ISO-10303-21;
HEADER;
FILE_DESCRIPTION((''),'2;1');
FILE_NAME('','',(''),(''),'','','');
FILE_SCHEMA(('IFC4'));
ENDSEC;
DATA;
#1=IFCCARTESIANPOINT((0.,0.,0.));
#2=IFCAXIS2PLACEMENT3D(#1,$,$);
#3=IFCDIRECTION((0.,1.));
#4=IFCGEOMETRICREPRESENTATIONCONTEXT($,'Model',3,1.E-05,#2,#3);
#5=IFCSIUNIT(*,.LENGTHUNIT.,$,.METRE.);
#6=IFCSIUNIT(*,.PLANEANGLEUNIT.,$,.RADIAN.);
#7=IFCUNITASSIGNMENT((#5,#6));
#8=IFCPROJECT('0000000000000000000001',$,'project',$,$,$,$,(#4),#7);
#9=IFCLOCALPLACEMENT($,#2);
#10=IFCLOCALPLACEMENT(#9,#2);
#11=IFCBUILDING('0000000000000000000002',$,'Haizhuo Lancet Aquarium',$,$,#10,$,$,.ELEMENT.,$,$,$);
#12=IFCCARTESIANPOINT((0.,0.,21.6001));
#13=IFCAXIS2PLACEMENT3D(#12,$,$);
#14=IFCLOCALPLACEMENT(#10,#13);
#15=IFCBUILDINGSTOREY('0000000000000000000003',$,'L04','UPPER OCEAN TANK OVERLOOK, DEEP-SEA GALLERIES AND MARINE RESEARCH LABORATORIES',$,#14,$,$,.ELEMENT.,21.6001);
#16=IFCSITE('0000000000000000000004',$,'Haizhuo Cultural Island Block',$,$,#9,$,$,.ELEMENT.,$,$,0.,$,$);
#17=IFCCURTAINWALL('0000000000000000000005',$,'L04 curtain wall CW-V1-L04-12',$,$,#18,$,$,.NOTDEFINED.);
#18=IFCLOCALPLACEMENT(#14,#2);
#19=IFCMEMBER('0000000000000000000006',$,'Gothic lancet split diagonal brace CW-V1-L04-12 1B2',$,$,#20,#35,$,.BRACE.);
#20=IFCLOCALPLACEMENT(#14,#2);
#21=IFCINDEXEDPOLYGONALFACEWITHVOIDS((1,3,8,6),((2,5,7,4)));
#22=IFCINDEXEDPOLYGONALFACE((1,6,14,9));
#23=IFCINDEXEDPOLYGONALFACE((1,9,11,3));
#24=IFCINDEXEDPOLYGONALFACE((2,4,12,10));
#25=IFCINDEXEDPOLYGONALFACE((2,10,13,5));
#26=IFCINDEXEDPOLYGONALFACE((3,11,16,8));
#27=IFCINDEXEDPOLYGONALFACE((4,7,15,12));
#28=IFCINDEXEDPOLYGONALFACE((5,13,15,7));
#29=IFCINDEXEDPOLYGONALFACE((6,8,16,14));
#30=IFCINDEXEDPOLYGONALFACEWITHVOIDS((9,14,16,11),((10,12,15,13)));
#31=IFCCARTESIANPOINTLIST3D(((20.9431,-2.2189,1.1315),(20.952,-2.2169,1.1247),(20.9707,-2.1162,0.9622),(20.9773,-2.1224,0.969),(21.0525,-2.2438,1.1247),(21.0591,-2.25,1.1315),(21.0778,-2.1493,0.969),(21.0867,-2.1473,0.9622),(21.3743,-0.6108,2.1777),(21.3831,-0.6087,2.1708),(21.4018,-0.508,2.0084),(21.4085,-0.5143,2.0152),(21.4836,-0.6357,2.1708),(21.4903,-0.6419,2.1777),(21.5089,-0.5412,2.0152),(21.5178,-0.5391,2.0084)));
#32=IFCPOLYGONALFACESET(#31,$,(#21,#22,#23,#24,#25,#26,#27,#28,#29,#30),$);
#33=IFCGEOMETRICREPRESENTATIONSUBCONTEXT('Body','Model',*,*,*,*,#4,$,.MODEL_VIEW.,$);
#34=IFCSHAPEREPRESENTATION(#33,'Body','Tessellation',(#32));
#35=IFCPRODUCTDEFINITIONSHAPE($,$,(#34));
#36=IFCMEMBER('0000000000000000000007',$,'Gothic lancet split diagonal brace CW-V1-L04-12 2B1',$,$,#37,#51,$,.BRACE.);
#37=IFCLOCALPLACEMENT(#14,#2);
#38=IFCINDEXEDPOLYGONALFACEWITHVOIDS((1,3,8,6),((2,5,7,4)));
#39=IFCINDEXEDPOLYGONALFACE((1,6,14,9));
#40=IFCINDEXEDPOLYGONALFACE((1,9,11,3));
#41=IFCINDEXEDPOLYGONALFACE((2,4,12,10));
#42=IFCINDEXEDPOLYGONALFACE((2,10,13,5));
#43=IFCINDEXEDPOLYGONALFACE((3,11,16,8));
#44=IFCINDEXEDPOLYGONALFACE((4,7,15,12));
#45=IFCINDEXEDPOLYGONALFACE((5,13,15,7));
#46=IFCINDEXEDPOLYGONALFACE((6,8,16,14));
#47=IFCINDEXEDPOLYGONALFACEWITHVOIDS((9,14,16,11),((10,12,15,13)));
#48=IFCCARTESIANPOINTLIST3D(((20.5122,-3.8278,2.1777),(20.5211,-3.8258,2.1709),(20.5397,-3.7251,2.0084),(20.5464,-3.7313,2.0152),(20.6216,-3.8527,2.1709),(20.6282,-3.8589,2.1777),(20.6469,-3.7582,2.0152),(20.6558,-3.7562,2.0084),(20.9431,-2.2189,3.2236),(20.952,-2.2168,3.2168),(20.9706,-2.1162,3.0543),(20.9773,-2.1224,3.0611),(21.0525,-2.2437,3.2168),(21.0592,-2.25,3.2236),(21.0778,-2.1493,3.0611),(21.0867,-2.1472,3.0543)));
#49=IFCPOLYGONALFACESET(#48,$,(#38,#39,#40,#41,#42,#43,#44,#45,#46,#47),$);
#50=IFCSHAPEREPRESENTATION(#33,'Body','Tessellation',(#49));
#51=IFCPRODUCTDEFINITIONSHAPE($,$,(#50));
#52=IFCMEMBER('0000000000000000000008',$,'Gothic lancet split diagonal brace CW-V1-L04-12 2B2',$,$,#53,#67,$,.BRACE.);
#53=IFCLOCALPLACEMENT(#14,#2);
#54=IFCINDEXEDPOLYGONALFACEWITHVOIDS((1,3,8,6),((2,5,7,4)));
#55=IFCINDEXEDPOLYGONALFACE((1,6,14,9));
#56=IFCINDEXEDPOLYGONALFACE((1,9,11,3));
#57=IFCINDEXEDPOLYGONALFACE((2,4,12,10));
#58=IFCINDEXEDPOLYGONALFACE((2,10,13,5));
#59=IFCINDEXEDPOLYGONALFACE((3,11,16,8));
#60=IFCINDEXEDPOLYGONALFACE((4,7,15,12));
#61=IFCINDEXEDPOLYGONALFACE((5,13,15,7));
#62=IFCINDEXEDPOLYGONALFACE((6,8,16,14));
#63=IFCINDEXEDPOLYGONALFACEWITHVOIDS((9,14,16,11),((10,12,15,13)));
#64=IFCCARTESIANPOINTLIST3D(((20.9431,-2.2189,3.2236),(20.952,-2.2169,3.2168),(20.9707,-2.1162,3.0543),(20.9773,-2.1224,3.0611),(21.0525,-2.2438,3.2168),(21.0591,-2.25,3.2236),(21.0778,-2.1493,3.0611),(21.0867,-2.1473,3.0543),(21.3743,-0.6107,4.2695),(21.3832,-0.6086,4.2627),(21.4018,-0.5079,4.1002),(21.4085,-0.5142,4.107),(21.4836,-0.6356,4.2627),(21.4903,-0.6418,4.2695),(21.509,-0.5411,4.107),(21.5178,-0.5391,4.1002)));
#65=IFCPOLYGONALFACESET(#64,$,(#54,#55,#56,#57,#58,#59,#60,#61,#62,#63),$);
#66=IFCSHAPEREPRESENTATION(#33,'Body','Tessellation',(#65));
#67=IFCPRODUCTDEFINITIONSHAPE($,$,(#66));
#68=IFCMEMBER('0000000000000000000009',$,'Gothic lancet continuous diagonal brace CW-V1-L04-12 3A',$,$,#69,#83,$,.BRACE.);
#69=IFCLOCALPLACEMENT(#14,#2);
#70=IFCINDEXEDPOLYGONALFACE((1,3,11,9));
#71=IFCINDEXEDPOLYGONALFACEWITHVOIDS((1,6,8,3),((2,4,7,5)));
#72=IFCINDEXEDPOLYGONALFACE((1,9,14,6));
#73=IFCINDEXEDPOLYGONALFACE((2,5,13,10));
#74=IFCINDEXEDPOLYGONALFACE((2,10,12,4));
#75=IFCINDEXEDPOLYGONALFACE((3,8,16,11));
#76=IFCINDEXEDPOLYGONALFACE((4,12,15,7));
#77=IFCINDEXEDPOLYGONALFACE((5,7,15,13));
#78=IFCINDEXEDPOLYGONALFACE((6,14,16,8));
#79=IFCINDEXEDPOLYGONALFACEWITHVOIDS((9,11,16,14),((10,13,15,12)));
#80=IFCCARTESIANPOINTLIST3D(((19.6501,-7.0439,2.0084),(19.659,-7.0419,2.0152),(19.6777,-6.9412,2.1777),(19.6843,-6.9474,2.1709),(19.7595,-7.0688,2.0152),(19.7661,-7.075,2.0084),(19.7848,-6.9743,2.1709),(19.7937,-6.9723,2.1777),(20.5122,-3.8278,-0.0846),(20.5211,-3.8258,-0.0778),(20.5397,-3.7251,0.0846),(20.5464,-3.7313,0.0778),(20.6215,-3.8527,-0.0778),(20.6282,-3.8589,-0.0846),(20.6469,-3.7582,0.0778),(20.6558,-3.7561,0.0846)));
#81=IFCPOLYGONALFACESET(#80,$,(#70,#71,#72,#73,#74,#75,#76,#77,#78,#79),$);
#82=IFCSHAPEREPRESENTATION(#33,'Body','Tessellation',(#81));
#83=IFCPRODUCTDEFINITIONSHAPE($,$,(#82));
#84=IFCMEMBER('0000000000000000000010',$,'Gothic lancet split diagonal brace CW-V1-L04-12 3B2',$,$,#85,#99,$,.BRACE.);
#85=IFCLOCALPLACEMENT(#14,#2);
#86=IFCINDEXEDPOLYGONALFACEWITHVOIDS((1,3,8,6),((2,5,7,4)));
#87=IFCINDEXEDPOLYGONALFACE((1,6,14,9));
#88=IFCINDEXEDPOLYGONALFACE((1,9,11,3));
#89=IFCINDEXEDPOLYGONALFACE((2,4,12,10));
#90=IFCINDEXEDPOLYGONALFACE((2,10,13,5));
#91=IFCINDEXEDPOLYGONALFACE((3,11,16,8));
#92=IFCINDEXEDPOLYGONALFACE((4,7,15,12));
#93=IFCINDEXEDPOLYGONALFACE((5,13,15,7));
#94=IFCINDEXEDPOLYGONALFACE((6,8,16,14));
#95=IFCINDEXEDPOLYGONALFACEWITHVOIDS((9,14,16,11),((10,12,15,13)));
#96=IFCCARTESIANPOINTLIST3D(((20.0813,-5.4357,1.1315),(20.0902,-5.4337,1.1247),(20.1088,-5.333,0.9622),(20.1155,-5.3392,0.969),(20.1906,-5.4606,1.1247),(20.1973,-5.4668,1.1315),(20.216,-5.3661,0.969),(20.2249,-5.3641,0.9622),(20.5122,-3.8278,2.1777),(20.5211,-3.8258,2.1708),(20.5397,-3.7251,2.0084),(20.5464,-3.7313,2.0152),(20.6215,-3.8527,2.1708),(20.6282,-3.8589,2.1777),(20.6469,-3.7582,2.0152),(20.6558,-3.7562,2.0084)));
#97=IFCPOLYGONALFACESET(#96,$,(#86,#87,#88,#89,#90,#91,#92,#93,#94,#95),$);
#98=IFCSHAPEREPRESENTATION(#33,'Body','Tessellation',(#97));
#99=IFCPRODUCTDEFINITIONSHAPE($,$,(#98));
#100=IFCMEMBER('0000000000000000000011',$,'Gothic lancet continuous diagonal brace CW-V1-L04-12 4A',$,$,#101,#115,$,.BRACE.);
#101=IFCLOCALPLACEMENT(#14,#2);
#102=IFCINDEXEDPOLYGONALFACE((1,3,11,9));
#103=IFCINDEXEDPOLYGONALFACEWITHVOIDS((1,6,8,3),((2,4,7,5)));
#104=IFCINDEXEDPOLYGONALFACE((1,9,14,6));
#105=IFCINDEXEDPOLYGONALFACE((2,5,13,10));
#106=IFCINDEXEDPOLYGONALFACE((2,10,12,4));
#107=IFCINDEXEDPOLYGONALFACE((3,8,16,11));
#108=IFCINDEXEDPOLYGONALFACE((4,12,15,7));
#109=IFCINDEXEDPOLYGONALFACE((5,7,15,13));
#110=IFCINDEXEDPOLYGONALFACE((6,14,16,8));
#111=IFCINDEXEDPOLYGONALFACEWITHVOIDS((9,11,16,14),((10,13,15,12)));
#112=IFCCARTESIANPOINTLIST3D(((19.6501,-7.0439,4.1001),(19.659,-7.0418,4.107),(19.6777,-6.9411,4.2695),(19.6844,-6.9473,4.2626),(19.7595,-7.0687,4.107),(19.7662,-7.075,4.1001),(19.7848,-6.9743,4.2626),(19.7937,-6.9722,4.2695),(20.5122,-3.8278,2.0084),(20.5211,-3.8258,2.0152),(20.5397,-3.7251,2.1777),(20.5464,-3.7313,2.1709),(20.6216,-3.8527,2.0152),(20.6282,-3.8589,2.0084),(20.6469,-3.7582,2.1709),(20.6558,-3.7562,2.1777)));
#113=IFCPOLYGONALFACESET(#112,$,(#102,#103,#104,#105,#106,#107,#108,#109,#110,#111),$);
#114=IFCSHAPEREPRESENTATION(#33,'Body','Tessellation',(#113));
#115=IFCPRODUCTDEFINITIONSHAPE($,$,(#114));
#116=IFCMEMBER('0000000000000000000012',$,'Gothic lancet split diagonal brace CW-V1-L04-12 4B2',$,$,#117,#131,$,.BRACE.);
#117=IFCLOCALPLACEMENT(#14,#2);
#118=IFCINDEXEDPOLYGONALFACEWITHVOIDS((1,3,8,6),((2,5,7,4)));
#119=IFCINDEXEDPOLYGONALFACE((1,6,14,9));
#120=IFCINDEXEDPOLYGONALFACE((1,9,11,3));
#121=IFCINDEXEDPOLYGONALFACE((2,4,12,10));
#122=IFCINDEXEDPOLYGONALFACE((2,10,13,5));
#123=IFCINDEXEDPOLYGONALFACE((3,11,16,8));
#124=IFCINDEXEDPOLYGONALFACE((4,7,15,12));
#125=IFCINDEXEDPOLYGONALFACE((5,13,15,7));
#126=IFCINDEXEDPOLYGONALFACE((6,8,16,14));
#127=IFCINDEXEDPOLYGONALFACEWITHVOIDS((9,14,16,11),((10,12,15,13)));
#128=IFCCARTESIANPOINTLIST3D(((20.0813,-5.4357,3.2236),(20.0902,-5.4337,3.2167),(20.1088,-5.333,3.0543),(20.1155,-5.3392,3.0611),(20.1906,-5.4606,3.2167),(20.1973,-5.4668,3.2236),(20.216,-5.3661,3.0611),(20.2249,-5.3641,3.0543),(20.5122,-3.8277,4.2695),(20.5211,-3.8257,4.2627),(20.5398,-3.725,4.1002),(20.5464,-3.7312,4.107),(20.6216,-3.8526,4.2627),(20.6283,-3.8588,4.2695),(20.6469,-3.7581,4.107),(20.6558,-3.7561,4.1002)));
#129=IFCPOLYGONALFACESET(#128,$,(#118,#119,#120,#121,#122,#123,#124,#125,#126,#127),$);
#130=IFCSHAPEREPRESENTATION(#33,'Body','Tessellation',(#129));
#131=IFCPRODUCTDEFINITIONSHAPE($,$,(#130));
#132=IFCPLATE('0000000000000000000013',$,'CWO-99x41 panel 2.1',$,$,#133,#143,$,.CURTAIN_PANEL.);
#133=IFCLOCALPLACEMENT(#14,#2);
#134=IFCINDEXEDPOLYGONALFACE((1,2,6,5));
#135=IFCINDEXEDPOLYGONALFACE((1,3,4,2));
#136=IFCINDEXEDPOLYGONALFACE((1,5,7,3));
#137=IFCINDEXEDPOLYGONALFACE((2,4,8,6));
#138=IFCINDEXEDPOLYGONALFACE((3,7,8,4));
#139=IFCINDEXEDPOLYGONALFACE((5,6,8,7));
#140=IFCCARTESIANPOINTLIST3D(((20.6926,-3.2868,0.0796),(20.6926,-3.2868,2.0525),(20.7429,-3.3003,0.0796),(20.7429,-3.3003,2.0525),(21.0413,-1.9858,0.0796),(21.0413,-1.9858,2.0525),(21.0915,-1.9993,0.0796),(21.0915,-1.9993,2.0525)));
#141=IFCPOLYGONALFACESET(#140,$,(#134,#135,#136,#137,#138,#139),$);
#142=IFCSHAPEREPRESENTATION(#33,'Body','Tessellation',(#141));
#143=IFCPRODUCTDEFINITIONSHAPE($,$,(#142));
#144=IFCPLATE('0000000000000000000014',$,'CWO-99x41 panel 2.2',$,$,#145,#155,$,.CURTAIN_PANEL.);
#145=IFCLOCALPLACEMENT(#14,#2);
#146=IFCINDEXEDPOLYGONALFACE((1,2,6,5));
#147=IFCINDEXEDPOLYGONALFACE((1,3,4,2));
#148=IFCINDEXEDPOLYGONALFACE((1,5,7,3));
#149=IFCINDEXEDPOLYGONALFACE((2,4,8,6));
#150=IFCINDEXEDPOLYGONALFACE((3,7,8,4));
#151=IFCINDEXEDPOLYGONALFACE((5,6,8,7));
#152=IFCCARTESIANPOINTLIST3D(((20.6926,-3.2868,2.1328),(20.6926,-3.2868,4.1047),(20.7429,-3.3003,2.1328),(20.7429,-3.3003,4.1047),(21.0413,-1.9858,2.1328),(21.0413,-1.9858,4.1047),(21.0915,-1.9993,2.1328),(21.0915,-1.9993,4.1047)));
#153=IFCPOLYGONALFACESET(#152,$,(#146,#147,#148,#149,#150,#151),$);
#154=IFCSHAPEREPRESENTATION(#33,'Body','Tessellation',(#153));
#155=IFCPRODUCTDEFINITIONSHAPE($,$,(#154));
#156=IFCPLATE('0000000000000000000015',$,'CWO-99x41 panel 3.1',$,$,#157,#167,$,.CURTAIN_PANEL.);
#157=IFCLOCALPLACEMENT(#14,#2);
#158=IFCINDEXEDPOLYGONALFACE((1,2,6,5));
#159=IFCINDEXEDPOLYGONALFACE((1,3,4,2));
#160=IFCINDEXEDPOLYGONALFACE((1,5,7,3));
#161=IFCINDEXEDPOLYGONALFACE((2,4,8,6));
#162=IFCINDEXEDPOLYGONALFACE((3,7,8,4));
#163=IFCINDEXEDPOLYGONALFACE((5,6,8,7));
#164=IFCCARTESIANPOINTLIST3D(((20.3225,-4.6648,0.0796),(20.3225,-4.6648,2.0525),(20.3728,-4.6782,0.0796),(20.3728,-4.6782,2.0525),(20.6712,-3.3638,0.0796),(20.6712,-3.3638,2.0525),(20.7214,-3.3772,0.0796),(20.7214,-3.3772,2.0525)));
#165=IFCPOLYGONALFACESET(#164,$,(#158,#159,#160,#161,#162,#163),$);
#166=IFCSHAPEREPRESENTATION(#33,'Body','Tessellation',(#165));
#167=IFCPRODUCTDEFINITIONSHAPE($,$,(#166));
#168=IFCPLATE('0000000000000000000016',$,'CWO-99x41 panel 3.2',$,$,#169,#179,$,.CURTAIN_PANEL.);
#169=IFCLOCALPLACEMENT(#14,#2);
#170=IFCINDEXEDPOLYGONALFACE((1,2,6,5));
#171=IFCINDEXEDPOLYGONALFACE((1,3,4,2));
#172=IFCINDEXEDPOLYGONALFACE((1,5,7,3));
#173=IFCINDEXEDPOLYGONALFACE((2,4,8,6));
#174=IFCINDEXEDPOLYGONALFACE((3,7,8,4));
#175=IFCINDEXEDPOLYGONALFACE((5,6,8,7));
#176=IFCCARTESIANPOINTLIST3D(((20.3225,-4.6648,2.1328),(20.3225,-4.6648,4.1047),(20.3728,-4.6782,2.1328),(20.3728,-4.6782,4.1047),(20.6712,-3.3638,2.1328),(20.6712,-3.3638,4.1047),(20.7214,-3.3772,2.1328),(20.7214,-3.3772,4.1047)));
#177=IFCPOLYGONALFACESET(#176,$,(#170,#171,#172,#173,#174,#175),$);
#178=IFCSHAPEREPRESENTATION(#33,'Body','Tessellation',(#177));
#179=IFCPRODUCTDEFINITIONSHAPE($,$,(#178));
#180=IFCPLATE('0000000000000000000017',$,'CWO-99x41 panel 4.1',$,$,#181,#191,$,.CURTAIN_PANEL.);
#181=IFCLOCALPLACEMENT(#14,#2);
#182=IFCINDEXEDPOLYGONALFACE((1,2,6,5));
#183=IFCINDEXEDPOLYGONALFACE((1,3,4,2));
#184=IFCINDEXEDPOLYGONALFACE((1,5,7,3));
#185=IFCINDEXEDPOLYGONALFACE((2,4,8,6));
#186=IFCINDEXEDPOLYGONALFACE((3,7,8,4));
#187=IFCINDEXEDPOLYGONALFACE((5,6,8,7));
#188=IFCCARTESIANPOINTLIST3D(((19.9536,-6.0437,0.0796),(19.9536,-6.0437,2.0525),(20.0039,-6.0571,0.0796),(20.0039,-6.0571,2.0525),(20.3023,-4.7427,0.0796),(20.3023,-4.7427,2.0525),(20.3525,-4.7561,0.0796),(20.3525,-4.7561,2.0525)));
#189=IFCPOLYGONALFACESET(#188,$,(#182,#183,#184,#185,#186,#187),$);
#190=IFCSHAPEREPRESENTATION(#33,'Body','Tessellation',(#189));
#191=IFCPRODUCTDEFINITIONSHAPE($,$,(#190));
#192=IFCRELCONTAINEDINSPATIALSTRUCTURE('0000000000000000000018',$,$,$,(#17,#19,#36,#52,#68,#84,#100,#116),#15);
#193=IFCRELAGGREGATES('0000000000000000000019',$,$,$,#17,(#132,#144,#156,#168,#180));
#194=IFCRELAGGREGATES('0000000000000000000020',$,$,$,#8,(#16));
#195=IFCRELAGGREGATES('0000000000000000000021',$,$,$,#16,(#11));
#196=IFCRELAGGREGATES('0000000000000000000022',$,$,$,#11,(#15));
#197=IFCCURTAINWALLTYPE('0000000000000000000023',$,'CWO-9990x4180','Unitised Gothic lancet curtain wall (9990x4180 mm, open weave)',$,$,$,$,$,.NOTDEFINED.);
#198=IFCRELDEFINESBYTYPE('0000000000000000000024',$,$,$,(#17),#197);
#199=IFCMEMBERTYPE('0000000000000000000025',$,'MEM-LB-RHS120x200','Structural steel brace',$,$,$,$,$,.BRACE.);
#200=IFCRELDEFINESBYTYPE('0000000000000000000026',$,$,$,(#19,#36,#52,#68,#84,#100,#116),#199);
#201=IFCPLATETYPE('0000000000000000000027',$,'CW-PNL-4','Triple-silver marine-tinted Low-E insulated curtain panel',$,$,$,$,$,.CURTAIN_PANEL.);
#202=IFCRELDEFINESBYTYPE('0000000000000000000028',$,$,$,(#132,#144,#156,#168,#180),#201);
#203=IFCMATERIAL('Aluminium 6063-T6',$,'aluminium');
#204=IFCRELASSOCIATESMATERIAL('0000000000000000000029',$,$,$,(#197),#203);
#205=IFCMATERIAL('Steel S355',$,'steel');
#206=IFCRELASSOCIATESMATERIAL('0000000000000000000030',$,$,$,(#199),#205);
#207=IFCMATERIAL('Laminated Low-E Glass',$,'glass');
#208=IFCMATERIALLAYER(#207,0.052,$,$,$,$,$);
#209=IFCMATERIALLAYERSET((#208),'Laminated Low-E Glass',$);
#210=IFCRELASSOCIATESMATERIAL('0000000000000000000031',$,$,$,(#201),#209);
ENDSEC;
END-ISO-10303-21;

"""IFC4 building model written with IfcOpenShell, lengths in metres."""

from ifc_helpers import new_model, si_unit, direction, frame, origin, origin_2d, place, context, subcontext, project, spatial, rectangle, hollow_rectangle, extrude, material, layer, layer_set, material_profile, profile_set, type_object, element, aggregate, save


model = new_model("IFC4")

# Units and contexts
model_context = context("Model", 3, precision=1e-05, world=origin(), true_north=direction((0.0, 1.0)))
body_context = subcontext(model_context, "Body", "Model", "MODEL_VIEW")
ifc_project = project(units=[si_unit("LENGTHUNIT", "METRE"), si_unit("PLANEANGLEUNIT", "RADIAN")], contexts=[model_context])

# Site, building, storey
site_placement = place(None, origin())
site = spatial("IfcSite", under=ifc_project, at=site_placement, Name="Haizhuo Cultural Island Block", CompositionType="ELEMENT", RefElevation=0.0)
building_placement = place(site_placement, origin())
building = spatial("IfcBuilding", under=site, at=building_placement, Name="Haizhuo Lancet Aquarium", CompositionType="ELEMENT")
storey_placement = place(building_placement, frame((0.0, 0.0, 21.6001)))
storey = spatial("IfcBuildingStorey", under=building, at=storey_placement, Name="L04", Description="UPPER OCEAN TANK OVERLOOK, DEEP-SEA GALLERIES AND MARINE RESEARCH LABORATORIES", CompositionType="ELEMENT", Elevation=21.6001)

# Curtain wall
ifc_material_1 = material(Name="Aluminium 6063-T6", Category="aluminium")
curtain_wall_type = type_object("IfcCurtainWallType", Name="CWO-9990x4180", Description="Unitised Gothic lancet curtain wall (9990x4180 mm, open weave)", PredefinedType="NOTDEFINED", material=ifc_material_1)
curtain_wall_placement = place(storey_placement, origin())
curtain_wall = element("IfcCurtainWall", 1, at=curtain_wall_placement, inside=storey, type_object=curtain_wall_type, Name="L04 curtain wall CW-V1-L04-12", PredefinedType="NOTDEFINED")

# Members
ifc_material_2 = material(Name="Steel S355", Category="steel")
ifc_material_profile_1 = material_profile(ifc_material_2, hollow_rectangle(XDim=0.1201, YDim=0.2, WallThickness=0.0081, at=origin_2d()), Name="RHS 120x200x8")
ifc_profile_set_1 = profile_set([ifc_material_profile_1], Name="Steel S355")
member_type_1 = type_object("IfcMemberType", Name="MEM-LB-RHS120x200", Description="Structural steel brace", PredefinedType="BRACE", material=ifc_profile_set_1)
member_1_placement = place(storey_placement, frame((21.0149, -2.1831, 1.0469), z_axis=(0.219267, 0.817844, 0.532027), x_axis=(-0.965888, 0.258958, 0.0)))
element("IfcMember", 2, at=member_1_placement, inside=storey, type_object=member_type_1, Name="Gothic lancet split diagonal brace CW-V1-L04-12 1B2", PredefinedType="BRACE", context=body_context, shape_type="SweptSolid", body=[
    extrude(hollow_rectangle(XDim=0.1201, YDim=0.2, WallThickness=0.0081, at=origin_2d()), origin(), (0.0, 0.0, 1.0), 1.9663),
])
member_2_placement = place(storey_placement, frame((20.584, -3.792, 2.093), z_axis=(0.219097, 0.818044, 0.53179), x_axis=(-0.965955, 0.258712, 0.0)))
element("IfcMember", 3, at=member_2_placement, inside=storey, type_object=member_type_1, Name="Gothic lancet split diagonal brace CW-V1-L04-12 2B1", PredefinedType="BRACE", context=body_context, shape_type="SweptSolid", body=[
    extrude(hollow_rectangle(XDim=0.1201, YDim=0.2, WallThickness=0.0081, at=origin_2d()), origin(), (0.0, 0.0, 1.0), 1.9668),
])
member_3_placement = place(storey_placement, frame((21.0149, -2.1831, 3.1389), z_axis=(0.219282, 0.817898, 0.531938), x_axis=(-0.965888, 0.258958, 0.0)))
element("IfcMember", 4, at=member_3_placement, inside=storey, type_object=member_type_1, Name="Gothic lancet split diagonal brace CW-V1-L04-12 2B2", PredefinedType="BRACE", context=body_context, shape_type="SweptSolid", body=[
    extrude(hollow_rectangle(XDim=0.1201, YDim=0.2, WallThickness=0.0081, at=origin_2d()), origin(), (0.0, 0.0, 1.0), 1.9663),
])
member_4_placement = place(storey_placement, frame((20.584, -3.792, 0.0), z_axis=(-0.219197, -0.817754, 0.532195), x_axis=(0.965902, -0.258908, 0.0)))
element("IfcMember", 5, at=member_4_placement, inside=storey, type_object=member_type_1, Name="Gothic lancet continuous diagonal brace CW-V1-L04-12 3A", PredefinedType="BRACE", context=body_context, shape_type="SweptSolid", body=[
    extrude(hollow_rectangle(XDim=0.1201, YDim=0.2, WallThickness=0.0081, at=origin_2d()), origin(), (0.0, 0.0, 1.0), 3.9329),
])
member_5_placement = place(storey_placement, frame((20.1531, -5.3999, 1.0469), z_axis=(0.219171, 0.817825, 0.532096), x_axis=(-0.965915, 0.258858, 0.0)))
element("IfcMember", 6, at=member_5_placement, inside=storey, type_object=member_type_1, Name="Gothic lancet split diagonal brace CW-V1-L04-12 3B2", PredefinedType="BRACE", context=body_context, shape_type="SweptSolid", body=[
    extrude(hollow_rectangle(XDim=0.1201, YDim=0.2, WallThickness=0.0081, at=origin_2d()), origin(), (0.0, 0.0, 1.0), 1.9661),
])
member_6_placement = place(storey_placement, frame((20.584, -3.792, 2.093), z_axis=(-0.219234, -0.817889, 0.531972), x_axis=(0.965902, -0.258908, 0.0)))
element("IfcMember", 7, at=member_6_placement, inside=storey, type_object=member_type_1, Name="Gothic lancet continuous diagonal brace CW-V1-L04-12 4A", PredefinedType="BRACE", context=body_context, shape_type="SweptSolid", body=[
    extrude(hollow_rectangle(XDim=0.1201, YDim=0.2, WallThickness=0.0081, at=origin_2d()), origin(), (0.0, 0.0, 1.0), 3.9321),
])
member_7_placement = place(storey_placement, frame((20.1531, -5.3999, 3.1389), z_axis=(0.219186, 0.817879, 0.532007), x_axis=(-0.965915, 0.258858, 0.0)))
element("IfcMember", 8, at=member_7_placement, inside=storey, type_object=member_type_1, Name="Gothic lancet split diagonal brace CW-V1-L04-12 4B2", PredefinedType="BRACE", context=body_context, shape_type="SweptSolid", body=[
    extrude(hollow_rectangle(XDim=0.1201, YDim=0.2, WallThickness=0.0081, at=origin_2d()), origin(), (0.0, 0.0, 1.0), 1.9661),
])

# Plates
ifc_material_3 = material(Name="Laminated Low-E Glass", Category="glass")
ifc_layer = layer(ifc_material_3, 0.052)
ifc_layer_set = layer_set([ifc_layer], Name="Laminated Low-E Glass")
plate_type = type_object("IfcPlateType", Name="CW-PNL-4", Description="Triple-silver marine-tinted Low-E insulated curtain panel", PredefinedType="CURTAIN_PANEL", material=ifc_layer_set)
plate_1_placement = place(storey_placement, frame((20.8921, -2.6431, 0.0796), z_axis=(0.0, 0.0, 1.0), x_axis=(-0.258853, -0.965917, 0.0)))
plate_1 = element("IfcPlate", 9, at=plate_1_placement, type_object=plate_type, Name="CWO-99x41 panel 2.1", PredefinedType="CURTAIN_PANEL", context=body_context, shape_type="SweptSolid", body=[
    extrude(rectangle(XDim=1.3469, YDim=0.052, at=origin_2d()), origin(), (0.0, 0.0, 1.0), 1.9729),
])
plate_2_placement = place(storey_placement, frame((20.8921, -2.6431, 2.1328), z_axis=(0.0, 0.0, 1.0), x_axis=(-0.258853, -0.965917, 0.0)))
plate_2 = element("IfcPlate", 10, at=plate_2_placement, type_object=plate_type, Name="CWO-99x41 panel 2.2", PredefinedType="CURTAIN_PANEL", context=body_context, shape_type="SweptSolid", body=[
    extrude(rectangle(XDim=1.3469, YDim=0.052, at=origin_2d()), origin(), (0.0, 0.0, 1.0), 1.9719),
])
plate_3_placement = place(storey_placement, frame((20.522, -4.021, 0.0796), z_axis=(0.0, 0.0, 1.0), x_axis=(-0.258853, -0.965917, 0.0)))
plate_3 = element("IfcPlate", 11, at=plate_3_placement, type_object=plate_type, Name="CWO-99x41 panel 3.1", PredefinedType="CURTAIN_PANEL", context=body_context, shape_type="SweptSolid", body=[
    extrude(rectangle(XDim=1.3469, YDim=0.052, at=origin_2d()), origin(), (0.0, 0.0, 1.0), 1.9729),
])
plate_4_placement = place(storey_placement, frame((20.522, -4.021, 2.1328), z_axis=(0.0, 0.0, 1.0), x_axis=(-0.258853, -0.965917, 0.0)))
plate_4 = element("IfcPlate", 12, at=plate_4_placement, type_object=plate_type, Name="CWO-99x41 panel 3.2", PredefinedType="CURTAIN_PANEL", context=body_context, shape_type="SweptSolid", body=[
    extrude(rectangle(XDim=1.3469, YDim=0.052, at=origin_2d()), origin(), (0.0, 0.0, 1.0), 1.9719),
])
plate_5_placement = place(storey_placement, frame((20.1531, -5.3999, 0.0796), z_axis=(0.0, 0.0, 1.0), x_axis=(-0.258853, -0.965917, 0.0)))
plate_5 = element("IfcPlate", 13, at=plate_5_placement, type_object=plate_type, Name="CWO-99x41 panel 4.1", PredefinedType="CURTAIN_PANEL", context=body_context, shape_type="SweptSolid", body=[
    extrude(rectangle(XDim=1.3469, YDim=0.052, at=origin_2d()), origin(), (0.0, 0.0, 1.0), 1.9729),
])
aggregate(curtain_wall, [plate_1, plate_2, plate_3, plate_4, plate_5])

save(model, "model.ifc")
